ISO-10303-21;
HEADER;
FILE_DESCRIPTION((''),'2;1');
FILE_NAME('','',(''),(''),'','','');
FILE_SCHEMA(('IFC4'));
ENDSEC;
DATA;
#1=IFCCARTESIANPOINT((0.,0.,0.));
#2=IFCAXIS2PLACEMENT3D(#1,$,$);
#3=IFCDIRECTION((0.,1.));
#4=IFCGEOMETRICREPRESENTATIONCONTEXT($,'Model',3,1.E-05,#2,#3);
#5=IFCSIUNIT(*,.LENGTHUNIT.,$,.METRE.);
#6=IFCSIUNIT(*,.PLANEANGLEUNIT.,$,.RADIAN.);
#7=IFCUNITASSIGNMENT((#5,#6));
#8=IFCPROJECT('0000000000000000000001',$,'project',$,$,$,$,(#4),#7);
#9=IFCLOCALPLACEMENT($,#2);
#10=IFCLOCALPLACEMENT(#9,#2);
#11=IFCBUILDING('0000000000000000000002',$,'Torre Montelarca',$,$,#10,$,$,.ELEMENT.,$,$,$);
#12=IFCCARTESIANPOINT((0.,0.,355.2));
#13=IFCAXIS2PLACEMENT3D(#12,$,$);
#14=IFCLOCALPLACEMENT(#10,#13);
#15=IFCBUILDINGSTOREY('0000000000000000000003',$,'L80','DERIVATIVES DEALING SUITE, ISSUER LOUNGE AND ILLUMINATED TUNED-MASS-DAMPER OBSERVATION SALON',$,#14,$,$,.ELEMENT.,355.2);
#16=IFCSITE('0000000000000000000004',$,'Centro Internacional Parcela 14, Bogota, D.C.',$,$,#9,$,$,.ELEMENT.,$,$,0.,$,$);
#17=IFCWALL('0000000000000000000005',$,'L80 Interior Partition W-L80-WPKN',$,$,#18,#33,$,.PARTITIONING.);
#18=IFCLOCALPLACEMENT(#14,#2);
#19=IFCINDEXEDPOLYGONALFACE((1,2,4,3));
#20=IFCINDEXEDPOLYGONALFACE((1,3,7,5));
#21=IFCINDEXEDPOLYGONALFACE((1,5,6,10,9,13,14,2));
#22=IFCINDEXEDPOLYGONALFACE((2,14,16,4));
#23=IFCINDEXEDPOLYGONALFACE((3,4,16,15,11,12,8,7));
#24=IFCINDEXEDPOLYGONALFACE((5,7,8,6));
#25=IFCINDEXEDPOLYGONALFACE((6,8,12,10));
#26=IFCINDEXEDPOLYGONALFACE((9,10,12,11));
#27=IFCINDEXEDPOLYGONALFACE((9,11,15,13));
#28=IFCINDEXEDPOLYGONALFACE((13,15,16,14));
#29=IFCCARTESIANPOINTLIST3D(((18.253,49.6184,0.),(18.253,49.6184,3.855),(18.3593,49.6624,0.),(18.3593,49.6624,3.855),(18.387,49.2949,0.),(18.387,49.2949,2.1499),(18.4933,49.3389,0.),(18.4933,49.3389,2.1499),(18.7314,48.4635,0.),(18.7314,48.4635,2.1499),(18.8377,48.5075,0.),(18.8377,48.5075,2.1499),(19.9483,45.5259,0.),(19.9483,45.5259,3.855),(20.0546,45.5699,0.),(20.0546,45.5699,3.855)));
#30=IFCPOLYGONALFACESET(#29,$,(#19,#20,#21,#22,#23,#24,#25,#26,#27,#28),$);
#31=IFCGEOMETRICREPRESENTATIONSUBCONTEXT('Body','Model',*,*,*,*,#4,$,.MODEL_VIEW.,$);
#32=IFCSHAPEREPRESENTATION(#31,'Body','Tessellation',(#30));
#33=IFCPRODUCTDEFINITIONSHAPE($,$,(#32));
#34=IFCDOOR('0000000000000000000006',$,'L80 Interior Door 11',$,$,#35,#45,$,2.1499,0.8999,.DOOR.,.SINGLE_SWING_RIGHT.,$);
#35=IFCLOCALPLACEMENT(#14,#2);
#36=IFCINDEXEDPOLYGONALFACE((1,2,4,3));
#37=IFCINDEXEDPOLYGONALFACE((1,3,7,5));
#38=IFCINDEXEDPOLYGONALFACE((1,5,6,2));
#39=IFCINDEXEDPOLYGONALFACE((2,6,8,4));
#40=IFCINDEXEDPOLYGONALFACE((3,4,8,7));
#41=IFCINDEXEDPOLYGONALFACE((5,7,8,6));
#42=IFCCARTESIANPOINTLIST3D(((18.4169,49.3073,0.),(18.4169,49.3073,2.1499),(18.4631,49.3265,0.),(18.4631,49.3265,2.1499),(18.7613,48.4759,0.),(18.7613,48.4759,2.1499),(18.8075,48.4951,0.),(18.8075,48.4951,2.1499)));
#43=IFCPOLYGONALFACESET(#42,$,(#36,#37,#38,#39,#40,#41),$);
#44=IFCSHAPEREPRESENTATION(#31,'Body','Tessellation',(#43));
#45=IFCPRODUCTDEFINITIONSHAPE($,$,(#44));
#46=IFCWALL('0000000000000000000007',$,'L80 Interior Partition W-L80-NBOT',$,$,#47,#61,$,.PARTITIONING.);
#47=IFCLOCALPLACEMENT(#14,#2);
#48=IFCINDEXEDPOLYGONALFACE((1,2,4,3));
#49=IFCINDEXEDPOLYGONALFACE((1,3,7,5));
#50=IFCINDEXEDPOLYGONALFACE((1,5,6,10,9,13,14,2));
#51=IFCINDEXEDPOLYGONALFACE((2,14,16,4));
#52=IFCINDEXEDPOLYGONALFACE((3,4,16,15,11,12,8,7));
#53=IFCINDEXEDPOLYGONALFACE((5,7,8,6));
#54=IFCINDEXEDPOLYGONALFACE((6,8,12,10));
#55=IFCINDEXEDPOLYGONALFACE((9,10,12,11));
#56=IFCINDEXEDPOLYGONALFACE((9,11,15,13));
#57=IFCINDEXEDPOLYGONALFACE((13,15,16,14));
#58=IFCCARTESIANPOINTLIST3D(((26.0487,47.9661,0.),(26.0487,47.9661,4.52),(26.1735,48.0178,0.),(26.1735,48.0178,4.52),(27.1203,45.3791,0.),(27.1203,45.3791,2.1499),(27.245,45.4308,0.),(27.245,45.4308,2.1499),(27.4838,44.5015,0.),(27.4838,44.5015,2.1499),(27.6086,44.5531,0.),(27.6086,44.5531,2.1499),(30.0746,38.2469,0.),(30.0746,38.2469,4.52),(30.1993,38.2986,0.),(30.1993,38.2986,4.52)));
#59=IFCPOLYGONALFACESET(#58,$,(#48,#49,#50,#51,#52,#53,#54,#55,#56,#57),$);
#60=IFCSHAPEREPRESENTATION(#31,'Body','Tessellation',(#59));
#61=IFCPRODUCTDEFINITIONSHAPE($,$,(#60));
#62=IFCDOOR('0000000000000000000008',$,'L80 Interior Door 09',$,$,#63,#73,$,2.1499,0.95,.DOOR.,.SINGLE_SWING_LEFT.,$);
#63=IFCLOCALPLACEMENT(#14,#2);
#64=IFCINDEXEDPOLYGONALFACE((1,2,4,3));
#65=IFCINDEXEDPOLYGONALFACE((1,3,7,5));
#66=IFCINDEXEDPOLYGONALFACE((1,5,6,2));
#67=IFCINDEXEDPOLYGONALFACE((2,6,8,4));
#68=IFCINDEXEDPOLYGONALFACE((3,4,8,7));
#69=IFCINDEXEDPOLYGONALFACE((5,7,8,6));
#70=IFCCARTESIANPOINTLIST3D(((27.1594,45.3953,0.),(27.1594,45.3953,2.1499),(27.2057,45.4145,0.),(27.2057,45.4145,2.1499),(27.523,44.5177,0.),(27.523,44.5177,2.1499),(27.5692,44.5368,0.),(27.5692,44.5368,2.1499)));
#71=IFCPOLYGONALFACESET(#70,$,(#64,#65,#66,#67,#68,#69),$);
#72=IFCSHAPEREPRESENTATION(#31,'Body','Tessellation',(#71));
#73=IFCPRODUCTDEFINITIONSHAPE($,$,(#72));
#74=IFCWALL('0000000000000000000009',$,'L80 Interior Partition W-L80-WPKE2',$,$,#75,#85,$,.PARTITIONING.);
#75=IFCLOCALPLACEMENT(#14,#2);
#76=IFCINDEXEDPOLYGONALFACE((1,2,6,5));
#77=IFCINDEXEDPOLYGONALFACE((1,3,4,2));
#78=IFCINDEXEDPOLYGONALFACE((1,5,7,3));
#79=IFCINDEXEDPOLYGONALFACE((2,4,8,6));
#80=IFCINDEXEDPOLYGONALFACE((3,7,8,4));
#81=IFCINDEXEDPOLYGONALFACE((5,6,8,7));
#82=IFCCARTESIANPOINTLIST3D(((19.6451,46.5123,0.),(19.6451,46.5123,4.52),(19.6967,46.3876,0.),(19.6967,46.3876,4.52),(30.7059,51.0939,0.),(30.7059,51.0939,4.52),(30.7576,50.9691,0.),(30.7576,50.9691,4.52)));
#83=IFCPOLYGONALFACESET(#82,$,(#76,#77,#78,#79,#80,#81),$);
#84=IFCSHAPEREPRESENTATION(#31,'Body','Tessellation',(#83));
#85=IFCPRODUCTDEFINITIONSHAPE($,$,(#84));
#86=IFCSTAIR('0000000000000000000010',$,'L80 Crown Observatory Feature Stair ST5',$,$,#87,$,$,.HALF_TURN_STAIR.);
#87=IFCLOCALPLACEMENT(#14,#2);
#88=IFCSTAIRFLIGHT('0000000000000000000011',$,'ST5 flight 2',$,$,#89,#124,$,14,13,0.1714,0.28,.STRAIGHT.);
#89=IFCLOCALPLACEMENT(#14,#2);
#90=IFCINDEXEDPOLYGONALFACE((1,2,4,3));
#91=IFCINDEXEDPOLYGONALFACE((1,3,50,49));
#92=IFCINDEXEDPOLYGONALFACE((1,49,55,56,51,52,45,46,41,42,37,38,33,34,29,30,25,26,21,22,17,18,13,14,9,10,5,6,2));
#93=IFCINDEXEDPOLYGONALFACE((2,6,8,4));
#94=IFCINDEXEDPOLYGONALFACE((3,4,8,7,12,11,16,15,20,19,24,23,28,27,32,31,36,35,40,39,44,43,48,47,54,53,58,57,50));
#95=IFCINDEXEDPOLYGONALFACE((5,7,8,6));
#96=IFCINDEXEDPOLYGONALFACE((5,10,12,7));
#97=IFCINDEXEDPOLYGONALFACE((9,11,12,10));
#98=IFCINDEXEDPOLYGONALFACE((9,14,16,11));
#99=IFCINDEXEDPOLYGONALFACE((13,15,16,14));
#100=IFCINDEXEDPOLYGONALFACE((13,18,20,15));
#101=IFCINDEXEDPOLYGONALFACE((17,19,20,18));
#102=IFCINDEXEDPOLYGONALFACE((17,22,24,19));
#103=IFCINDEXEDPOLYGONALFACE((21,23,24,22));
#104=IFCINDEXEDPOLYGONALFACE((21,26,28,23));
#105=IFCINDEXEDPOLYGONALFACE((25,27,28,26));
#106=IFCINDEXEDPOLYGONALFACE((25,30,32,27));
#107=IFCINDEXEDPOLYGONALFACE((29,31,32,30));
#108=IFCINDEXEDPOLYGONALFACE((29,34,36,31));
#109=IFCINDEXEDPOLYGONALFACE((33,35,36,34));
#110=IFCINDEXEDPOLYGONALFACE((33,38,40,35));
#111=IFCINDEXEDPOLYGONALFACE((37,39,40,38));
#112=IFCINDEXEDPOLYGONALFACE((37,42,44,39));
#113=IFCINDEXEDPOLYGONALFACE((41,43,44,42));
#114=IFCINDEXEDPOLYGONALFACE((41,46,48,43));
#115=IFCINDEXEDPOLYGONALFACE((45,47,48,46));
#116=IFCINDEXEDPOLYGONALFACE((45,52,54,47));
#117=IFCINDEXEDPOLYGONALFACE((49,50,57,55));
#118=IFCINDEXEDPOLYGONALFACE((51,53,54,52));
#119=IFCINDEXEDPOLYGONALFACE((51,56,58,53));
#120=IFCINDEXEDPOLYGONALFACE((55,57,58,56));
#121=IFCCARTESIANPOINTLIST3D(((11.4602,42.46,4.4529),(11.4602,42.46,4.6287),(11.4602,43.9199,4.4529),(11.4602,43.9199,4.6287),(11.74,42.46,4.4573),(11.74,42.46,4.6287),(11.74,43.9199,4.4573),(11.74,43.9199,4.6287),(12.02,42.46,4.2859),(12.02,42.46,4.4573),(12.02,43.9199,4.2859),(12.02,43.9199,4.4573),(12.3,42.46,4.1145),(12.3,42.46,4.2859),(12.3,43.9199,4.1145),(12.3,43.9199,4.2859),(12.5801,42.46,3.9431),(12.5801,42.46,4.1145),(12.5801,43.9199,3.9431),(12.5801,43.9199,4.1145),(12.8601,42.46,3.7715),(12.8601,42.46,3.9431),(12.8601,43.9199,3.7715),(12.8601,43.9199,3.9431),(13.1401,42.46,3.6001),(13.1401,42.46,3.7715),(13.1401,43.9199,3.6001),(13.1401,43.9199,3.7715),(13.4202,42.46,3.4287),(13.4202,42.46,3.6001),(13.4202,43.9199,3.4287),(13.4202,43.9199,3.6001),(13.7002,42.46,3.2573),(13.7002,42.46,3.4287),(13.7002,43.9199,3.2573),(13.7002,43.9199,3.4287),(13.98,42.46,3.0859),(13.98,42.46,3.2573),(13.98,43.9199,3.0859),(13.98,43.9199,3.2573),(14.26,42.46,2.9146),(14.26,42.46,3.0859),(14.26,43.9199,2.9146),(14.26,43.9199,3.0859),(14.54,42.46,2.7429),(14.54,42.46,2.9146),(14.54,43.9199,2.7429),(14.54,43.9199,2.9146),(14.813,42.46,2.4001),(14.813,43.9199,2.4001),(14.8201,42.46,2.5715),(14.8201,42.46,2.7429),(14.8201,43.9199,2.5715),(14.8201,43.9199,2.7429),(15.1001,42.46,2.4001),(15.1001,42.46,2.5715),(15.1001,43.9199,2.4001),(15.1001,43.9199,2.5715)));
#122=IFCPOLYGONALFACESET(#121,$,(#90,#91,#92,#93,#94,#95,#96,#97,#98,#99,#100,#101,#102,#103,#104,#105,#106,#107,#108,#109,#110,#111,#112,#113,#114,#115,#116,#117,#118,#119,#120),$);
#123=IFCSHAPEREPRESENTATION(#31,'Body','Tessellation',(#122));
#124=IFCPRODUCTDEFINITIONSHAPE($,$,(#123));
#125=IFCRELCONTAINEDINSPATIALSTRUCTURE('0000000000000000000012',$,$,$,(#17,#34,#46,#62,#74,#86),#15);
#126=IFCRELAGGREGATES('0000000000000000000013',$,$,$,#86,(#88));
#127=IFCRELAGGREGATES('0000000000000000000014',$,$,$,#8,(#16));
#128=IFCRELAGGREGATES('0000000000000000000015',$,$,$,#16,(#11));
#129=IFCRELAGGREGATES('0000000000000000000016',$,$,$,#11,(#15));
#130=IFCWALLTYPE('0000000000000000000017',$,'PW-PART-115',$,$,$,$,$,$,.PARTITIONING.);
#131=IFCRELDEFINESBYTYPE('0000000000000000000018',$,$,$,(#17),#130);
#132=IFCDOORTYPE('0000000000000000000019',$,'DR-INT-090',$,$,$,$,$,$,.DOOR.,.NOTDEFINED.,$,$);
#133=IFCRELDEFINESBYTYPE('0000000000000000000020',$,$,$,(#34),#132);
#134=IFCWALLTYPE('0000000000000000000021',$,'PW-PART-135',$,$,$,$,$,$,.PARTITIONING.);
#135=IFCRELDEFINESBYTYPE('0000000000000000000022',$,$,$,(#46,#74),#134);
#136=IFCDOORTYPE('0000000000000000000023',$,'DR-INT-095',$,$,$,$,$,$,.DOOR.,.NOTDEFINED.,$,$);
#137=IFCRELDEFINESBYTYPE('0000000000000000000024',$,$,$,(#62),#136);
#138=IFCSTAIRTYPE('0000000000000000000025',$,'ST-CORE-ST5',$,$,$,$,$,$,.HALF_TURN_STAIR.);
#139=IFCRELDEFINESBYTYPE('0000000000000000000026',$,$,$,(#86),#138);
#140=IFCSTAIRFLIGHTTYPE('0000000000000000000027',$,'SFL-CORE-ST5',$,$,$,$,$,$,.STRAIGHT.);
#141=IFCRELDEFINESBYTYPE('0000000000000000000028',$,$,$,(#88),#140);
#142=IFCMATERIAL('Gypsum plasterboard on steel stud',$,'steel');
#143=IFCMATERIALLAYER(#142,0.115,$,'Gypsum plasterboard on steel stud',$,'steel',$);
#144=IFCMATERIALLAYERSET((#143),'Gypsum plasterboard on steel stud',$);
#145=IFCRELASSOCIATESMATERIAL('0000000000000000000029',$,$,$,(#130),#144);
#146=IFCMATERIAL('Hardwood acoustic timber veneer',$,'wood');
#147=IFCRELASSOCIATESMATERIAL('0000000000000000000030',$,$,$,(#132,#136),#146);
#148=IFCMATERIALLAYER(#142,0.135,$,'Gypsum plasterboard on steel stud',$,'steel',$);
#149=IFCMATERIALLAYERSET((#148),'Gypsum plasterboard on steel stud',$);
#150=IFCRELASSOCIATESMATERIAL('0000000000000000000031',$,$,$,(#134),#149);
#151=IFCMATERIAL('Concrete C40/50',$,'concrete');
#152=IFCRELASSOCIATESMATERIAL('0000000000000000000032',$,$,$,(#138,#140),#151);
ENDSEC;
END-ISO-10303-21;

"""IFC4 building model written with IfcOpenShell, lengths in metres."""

from ifc_helpers import new_model, si_unit, direction, frame, frame_2d, origin, place, context, subcontext, project, spatial, polyline, rectangle, outline, extrude, source, transform, mapped, material, layer, layer_set, type_object, element, fill, aggregate, save


model = new_model("IFC4")

# Units and contexts
model_context = context("Model", 3, precision=1e-05, world=origin(), true_north=direction((0.0, 1.0)))
body_context = subcontext(model_context, "Body", "Model", "MODEL_VIEW")
ifc_project = project(units=[si_unit("LENGTHUNIT", "METRE"), si_unit("PLANEANGLEUNIT", "RADIAN")], contexts=[model_context])

# Site, building, storey
site_placement = place(None, origin())
site = spatial("IfcSite", under=ifc_project, at=site_placement, Name="Centro Internacional Parcela 14, Bogota, D.C.", CompositionType="ELEMENT", RefElevation=0.0)
building_placement = place(site_placement, origin())
building = spatial("IfcBuilding", under=site, at=building_placement, Name="Torre Montelarca", CompositionType="ELEMENT")
storey_placement = place(building_placement, frame((0.0, 0.0, 355.2)))
storey = spatial("IfcBuildingStorey", under=building, at=storey_placement, Name="L80", Description="DERIVATIVES DEALING SUITE, ISSUER LOUNGE AND ILLUMINATED TUNED-MASS-DAMPER OBSERVATION SALON", CompositionType="ELEMENT", Elevation=355.2)

# Shared definitions
ifc_material_1 = material(Name="Concrete C40/50", Category="concrete")

# Walls, openings, doors
ifc_material_2 = material(Name="Gypsum plasterboard on steel stud", Category="steel")
ifc_layer_1 = layer(ifc_material_2, 0.115, Name="Gypsum plasterboard on steel stud", Category="steel")
ifc_layer_set_1 = layer_set([ifc_layer_1], Name="Gypsum plasterboard on steel stud")
wall_type_1 = type_object("IfcWallType", Name="PW-PART-115", PredefinedType="PARTITIONING", material=ifc_layer_set_1)
wall_1_placement = place(storey_placement, frame((18.3062, 49.6404, 0.0), z_axis=(0.0, 0.0, 1.0), x_axis=(0.382709, -0.923869, 0.0)))
wall_1 = element("IfcWall", 1, at=wall_1_placement, inside=storey, type_object=wall_type_1, Name="L80 Interior Partition W-L80-WPKN", PredefinedType="PARTITIONING", context=body_context, shape_type="SweptSolid", body=[
    extrude(rectangle(XDim=4.4297, YDim=0.115, at=frame_2d((2.2148, 0.0))), origin(), (0.0, 0.0, 1.0), 3.855),
])
opening_1_placement = place(wall_1_placement, frame((0.3501, 0.0, 0.0)))
opening_1 = element("IfcOpeningElement", 2, at=opening_1_placement, cuts=wall_1, PredefinedType="OPENING", context=body_context, shape_type="SweptSolid", body=[
    extrude(rectangle(XDim=0.8999, YDim=2.1499, at=frame_2d((0.45, 1.075))), frame((0.0, 0.0674, 0.0), z_axis=(0.0, -1.0, 0.0), x_axis=(1.0, 0.0, 0.0)), (0.0, 0.0, 1.0), 0.135),
])
ifc_material_3 = material(Name="Hardwood acoustic timber veneer", Category="wood")
door_type_1 = type_object("IfcDoorType", Name="DR-INT-090", OperationType="NOTDEFINED", PredefinedType="DOOR", material=ifc_material_3)
shared_shape_1 = source(origin(), body_context, "Body", "SweptSolid", [
    extrude(rectangle(XDim=0.8999, YDim=2.1499, at=frame_2d((0.45, 1.075))), frame((0.0, 0.0249, 0.0), z_axis=(0.0, -1.0, 0.0), x_axis=(1.0, 0.0, 0.0)), (0.0, 0.0, 1.0), 0.05),
])
door_1_placement = place(opening_1_placement, origin())
door_1 = element("IfcDoor", 3, at=door_1_placement, inside=storey, type_object=door_type_1, Name="L80 Interior Door 11", OperationType="SINGLE_SWING_RIGHT", OverallHeight=2.1499, OverallWidth=0.8999, PredefinedType="DOOR", context=body_context, shape_type="MappedRepresentation", body=[
    mapped(shared_shape_1, transform((0.0, 0.0, 0.0), scale=1.0)),
])
fill(opening_1, door_1)
ifc_layer_2 = layer(ifc_material_2, 0.135, Name="Gypsum plasterboard on steel stud", Category="steel")
ifc_layer_set_2 = layer_set([ifc_layer_2], Name="Gypsum plasterboard on steel stud")
wall_type_2 = type_object("IfcWallType", Name="PW-PART-135", PredefinedType="PARTITIONING", material=ifc_layer_set_2)
wall_2_placement = place(storey_placement, frame((26.1111, 47.9919, 0.0), z_axis=(0.0, 0.0, 1.0), x_axis=(0.382687, -0.923878, 0.0)))
wall_2 = element("IfcWall", 4, at=wall_2_placement, inside=storey, type_object=wall_type_2, Name="L80 Interior Partition W-L80-NBOT", PredefinedType="PARTITIONING", context=body_context, shape_type="SweptSolid", body=[
    extrude(rectangle(XDim=10.52, YDim=0.135, at=frame_2d((5.26, 0.0))), origin(), (0.0, 0.0, 1.0), 4.52),
])
opening_2_placement = place(wall_2_placement, frame((2.8, 0.0, 0.0)))
opening_2 = element("IfcOpeningElement", 5, at=opening_2_placement, cuts=wall_2, PredefinedType="OPENING", context=body_context, shape_type="SweptSolid", body=[
    extrude(rectangle(XDim=0.95, YDim=2.1499, at=frame_2d((0.4751, 1.075))), frame((0.0, 0.0776, 0.0), z_axis=(0.0, -1.0, 0.0), x_axis=(1.0, 0.0, 0.0)), (0.0, 0.0, 1.0), 0.155),
])
door_type_2 = type_object("IfcDoorType", Name="DR-INT-095", OperationType="NOTDEFINED", PredefinedType="DOOR", material=ifc_material_3)
shared_shape_2 = source(origin(), body_context, "Body", "SweptSolid", [
    extrude(rectangle(XDim=0.95, YDim=2.1499, at=frame_2d((0.4751, 1.075))), frame((0.0, 0.0249, 0.0), z_axis=(0.0, -1.0, 0.0), x_axis=(1.0, 0.0, 0.0)), (0.0, 0.0, 1.0), 0.05),
])
door_2_placement = place(opening_2_placement, origin())
door_2 = element("IfcDoor", 6, at=door_2_placement, inside=storey, type_object=door_type_2, Name="L80 Interior Door 09", OperationType="SINGLE_SWING_LEFT", OverallHeight=2.1499, OverallWidth=0.95, PredefinedType="DOOR", context=body_context, shape_type="MappedRepresentation", body=[
    mapped(shared_shape_2, transform((0.0, 0.0, 0.0), scale=1.0)),
])
fill(opening_2, door_2)

# Wall
wall_3_placement = place(storey_placement, frame((19.6709, 46.45, 0.0), z_axis=(0.0, 0.0, 1.0), x_axis=(0.923879, 0.382684, 0.0)))
element("IfcWall", 7, at=wall_3_placement, inside=storey, type_object=wall_type_2, Name="L80 Interior Partition W-L80-WPKE2", PredefinedType="PARTITIONING", context=body_context, shape_type="SweptSolid", body=[
    extrude(rectangle(XDim=11.9722, YDim=0.135, at=frame_2d((5.9861, 0.0))), origin(), (0.0, 0.0, 1.0), 4.52),
])

# Stair, stair flight
stair_type = type_object("IfcStairType", Name="ST-CORE-ST5", PredefinedType="HALF_TURN_STAIR", material=ifc_material_1)
stair_placement = place(storey_placement, origin())
stair = element("IfcStair", 8, at=stair_placement, inside=storey, type_object=stair_type, Name="L80 Crown Observatory Feature Stair ST5", PredefinedType="HALF_TURN_STAIR")
stair_flight_type = type_object("IfcStairFlightType", Name="SFL-CORE-ST5", PredefinedType="STRAIGHT", material=ifc_material_1)
stair_flight_placement = place(storey_placement, frame((15.1001, 43.1899, 2.4001), z_axis=(0.0, 0.0, 1.0), x_axis=(-1.0, 0.0, 0.0)))
stair_flight = element("IfcStairFlight", 9, at=stair_flight_placement, type_object=stair_flight_type, Name="ST5 flight 2", NumberOfRisers=14, NumberOfTreads=13, PredefinedType="STRAIGHT", RiserHeight=0.1714, TreadLength=0.28, context=body_context, shape_type="SweptSolid", body=[
    extrude(outline(polyline([(0.0, 0.0), (0.0, 0.1714), (0.28, 0.1714), (0.28, 0.3428), (0.5601, 0.3428), (0.5601, 0.5144), (0.8401, 0.5144), (0.8401, 0.6858), (1.1201, 0.6858), (1.1201, 0.8572), (1.3999, 0.8572), (1.3999, 1.0286), (1.6799, 1.0286), (1.6799, 1.2), (1.96, 1.2), (1.96, 1.3713), (2.24, 1.3713), (2.24, 1.543), (2.52, 1.543), (2.52, 1.7144), (2.8, 1.7144), (2.8, 1.8857), (3.0801, 1.8857), (3.0801, 2.0571), (3.3601, 2.0571), (3.3601, 2.2285), (3.6399, 2.2285), (3.6399, 2.3999), (3.6399, 2.0527), (0.2871, 0.0), (0.0, 0.0)])), frame((0.0, 0.73, 0.0), z_axis=(0.0, -1.0, 0.0), x_axis=(1.0, 0.0, 0.0)), (0.0, 0.0, 1.0), 1.46),
])
aggregate(stair, [stair_flight])

save(model, "model.ifc")
